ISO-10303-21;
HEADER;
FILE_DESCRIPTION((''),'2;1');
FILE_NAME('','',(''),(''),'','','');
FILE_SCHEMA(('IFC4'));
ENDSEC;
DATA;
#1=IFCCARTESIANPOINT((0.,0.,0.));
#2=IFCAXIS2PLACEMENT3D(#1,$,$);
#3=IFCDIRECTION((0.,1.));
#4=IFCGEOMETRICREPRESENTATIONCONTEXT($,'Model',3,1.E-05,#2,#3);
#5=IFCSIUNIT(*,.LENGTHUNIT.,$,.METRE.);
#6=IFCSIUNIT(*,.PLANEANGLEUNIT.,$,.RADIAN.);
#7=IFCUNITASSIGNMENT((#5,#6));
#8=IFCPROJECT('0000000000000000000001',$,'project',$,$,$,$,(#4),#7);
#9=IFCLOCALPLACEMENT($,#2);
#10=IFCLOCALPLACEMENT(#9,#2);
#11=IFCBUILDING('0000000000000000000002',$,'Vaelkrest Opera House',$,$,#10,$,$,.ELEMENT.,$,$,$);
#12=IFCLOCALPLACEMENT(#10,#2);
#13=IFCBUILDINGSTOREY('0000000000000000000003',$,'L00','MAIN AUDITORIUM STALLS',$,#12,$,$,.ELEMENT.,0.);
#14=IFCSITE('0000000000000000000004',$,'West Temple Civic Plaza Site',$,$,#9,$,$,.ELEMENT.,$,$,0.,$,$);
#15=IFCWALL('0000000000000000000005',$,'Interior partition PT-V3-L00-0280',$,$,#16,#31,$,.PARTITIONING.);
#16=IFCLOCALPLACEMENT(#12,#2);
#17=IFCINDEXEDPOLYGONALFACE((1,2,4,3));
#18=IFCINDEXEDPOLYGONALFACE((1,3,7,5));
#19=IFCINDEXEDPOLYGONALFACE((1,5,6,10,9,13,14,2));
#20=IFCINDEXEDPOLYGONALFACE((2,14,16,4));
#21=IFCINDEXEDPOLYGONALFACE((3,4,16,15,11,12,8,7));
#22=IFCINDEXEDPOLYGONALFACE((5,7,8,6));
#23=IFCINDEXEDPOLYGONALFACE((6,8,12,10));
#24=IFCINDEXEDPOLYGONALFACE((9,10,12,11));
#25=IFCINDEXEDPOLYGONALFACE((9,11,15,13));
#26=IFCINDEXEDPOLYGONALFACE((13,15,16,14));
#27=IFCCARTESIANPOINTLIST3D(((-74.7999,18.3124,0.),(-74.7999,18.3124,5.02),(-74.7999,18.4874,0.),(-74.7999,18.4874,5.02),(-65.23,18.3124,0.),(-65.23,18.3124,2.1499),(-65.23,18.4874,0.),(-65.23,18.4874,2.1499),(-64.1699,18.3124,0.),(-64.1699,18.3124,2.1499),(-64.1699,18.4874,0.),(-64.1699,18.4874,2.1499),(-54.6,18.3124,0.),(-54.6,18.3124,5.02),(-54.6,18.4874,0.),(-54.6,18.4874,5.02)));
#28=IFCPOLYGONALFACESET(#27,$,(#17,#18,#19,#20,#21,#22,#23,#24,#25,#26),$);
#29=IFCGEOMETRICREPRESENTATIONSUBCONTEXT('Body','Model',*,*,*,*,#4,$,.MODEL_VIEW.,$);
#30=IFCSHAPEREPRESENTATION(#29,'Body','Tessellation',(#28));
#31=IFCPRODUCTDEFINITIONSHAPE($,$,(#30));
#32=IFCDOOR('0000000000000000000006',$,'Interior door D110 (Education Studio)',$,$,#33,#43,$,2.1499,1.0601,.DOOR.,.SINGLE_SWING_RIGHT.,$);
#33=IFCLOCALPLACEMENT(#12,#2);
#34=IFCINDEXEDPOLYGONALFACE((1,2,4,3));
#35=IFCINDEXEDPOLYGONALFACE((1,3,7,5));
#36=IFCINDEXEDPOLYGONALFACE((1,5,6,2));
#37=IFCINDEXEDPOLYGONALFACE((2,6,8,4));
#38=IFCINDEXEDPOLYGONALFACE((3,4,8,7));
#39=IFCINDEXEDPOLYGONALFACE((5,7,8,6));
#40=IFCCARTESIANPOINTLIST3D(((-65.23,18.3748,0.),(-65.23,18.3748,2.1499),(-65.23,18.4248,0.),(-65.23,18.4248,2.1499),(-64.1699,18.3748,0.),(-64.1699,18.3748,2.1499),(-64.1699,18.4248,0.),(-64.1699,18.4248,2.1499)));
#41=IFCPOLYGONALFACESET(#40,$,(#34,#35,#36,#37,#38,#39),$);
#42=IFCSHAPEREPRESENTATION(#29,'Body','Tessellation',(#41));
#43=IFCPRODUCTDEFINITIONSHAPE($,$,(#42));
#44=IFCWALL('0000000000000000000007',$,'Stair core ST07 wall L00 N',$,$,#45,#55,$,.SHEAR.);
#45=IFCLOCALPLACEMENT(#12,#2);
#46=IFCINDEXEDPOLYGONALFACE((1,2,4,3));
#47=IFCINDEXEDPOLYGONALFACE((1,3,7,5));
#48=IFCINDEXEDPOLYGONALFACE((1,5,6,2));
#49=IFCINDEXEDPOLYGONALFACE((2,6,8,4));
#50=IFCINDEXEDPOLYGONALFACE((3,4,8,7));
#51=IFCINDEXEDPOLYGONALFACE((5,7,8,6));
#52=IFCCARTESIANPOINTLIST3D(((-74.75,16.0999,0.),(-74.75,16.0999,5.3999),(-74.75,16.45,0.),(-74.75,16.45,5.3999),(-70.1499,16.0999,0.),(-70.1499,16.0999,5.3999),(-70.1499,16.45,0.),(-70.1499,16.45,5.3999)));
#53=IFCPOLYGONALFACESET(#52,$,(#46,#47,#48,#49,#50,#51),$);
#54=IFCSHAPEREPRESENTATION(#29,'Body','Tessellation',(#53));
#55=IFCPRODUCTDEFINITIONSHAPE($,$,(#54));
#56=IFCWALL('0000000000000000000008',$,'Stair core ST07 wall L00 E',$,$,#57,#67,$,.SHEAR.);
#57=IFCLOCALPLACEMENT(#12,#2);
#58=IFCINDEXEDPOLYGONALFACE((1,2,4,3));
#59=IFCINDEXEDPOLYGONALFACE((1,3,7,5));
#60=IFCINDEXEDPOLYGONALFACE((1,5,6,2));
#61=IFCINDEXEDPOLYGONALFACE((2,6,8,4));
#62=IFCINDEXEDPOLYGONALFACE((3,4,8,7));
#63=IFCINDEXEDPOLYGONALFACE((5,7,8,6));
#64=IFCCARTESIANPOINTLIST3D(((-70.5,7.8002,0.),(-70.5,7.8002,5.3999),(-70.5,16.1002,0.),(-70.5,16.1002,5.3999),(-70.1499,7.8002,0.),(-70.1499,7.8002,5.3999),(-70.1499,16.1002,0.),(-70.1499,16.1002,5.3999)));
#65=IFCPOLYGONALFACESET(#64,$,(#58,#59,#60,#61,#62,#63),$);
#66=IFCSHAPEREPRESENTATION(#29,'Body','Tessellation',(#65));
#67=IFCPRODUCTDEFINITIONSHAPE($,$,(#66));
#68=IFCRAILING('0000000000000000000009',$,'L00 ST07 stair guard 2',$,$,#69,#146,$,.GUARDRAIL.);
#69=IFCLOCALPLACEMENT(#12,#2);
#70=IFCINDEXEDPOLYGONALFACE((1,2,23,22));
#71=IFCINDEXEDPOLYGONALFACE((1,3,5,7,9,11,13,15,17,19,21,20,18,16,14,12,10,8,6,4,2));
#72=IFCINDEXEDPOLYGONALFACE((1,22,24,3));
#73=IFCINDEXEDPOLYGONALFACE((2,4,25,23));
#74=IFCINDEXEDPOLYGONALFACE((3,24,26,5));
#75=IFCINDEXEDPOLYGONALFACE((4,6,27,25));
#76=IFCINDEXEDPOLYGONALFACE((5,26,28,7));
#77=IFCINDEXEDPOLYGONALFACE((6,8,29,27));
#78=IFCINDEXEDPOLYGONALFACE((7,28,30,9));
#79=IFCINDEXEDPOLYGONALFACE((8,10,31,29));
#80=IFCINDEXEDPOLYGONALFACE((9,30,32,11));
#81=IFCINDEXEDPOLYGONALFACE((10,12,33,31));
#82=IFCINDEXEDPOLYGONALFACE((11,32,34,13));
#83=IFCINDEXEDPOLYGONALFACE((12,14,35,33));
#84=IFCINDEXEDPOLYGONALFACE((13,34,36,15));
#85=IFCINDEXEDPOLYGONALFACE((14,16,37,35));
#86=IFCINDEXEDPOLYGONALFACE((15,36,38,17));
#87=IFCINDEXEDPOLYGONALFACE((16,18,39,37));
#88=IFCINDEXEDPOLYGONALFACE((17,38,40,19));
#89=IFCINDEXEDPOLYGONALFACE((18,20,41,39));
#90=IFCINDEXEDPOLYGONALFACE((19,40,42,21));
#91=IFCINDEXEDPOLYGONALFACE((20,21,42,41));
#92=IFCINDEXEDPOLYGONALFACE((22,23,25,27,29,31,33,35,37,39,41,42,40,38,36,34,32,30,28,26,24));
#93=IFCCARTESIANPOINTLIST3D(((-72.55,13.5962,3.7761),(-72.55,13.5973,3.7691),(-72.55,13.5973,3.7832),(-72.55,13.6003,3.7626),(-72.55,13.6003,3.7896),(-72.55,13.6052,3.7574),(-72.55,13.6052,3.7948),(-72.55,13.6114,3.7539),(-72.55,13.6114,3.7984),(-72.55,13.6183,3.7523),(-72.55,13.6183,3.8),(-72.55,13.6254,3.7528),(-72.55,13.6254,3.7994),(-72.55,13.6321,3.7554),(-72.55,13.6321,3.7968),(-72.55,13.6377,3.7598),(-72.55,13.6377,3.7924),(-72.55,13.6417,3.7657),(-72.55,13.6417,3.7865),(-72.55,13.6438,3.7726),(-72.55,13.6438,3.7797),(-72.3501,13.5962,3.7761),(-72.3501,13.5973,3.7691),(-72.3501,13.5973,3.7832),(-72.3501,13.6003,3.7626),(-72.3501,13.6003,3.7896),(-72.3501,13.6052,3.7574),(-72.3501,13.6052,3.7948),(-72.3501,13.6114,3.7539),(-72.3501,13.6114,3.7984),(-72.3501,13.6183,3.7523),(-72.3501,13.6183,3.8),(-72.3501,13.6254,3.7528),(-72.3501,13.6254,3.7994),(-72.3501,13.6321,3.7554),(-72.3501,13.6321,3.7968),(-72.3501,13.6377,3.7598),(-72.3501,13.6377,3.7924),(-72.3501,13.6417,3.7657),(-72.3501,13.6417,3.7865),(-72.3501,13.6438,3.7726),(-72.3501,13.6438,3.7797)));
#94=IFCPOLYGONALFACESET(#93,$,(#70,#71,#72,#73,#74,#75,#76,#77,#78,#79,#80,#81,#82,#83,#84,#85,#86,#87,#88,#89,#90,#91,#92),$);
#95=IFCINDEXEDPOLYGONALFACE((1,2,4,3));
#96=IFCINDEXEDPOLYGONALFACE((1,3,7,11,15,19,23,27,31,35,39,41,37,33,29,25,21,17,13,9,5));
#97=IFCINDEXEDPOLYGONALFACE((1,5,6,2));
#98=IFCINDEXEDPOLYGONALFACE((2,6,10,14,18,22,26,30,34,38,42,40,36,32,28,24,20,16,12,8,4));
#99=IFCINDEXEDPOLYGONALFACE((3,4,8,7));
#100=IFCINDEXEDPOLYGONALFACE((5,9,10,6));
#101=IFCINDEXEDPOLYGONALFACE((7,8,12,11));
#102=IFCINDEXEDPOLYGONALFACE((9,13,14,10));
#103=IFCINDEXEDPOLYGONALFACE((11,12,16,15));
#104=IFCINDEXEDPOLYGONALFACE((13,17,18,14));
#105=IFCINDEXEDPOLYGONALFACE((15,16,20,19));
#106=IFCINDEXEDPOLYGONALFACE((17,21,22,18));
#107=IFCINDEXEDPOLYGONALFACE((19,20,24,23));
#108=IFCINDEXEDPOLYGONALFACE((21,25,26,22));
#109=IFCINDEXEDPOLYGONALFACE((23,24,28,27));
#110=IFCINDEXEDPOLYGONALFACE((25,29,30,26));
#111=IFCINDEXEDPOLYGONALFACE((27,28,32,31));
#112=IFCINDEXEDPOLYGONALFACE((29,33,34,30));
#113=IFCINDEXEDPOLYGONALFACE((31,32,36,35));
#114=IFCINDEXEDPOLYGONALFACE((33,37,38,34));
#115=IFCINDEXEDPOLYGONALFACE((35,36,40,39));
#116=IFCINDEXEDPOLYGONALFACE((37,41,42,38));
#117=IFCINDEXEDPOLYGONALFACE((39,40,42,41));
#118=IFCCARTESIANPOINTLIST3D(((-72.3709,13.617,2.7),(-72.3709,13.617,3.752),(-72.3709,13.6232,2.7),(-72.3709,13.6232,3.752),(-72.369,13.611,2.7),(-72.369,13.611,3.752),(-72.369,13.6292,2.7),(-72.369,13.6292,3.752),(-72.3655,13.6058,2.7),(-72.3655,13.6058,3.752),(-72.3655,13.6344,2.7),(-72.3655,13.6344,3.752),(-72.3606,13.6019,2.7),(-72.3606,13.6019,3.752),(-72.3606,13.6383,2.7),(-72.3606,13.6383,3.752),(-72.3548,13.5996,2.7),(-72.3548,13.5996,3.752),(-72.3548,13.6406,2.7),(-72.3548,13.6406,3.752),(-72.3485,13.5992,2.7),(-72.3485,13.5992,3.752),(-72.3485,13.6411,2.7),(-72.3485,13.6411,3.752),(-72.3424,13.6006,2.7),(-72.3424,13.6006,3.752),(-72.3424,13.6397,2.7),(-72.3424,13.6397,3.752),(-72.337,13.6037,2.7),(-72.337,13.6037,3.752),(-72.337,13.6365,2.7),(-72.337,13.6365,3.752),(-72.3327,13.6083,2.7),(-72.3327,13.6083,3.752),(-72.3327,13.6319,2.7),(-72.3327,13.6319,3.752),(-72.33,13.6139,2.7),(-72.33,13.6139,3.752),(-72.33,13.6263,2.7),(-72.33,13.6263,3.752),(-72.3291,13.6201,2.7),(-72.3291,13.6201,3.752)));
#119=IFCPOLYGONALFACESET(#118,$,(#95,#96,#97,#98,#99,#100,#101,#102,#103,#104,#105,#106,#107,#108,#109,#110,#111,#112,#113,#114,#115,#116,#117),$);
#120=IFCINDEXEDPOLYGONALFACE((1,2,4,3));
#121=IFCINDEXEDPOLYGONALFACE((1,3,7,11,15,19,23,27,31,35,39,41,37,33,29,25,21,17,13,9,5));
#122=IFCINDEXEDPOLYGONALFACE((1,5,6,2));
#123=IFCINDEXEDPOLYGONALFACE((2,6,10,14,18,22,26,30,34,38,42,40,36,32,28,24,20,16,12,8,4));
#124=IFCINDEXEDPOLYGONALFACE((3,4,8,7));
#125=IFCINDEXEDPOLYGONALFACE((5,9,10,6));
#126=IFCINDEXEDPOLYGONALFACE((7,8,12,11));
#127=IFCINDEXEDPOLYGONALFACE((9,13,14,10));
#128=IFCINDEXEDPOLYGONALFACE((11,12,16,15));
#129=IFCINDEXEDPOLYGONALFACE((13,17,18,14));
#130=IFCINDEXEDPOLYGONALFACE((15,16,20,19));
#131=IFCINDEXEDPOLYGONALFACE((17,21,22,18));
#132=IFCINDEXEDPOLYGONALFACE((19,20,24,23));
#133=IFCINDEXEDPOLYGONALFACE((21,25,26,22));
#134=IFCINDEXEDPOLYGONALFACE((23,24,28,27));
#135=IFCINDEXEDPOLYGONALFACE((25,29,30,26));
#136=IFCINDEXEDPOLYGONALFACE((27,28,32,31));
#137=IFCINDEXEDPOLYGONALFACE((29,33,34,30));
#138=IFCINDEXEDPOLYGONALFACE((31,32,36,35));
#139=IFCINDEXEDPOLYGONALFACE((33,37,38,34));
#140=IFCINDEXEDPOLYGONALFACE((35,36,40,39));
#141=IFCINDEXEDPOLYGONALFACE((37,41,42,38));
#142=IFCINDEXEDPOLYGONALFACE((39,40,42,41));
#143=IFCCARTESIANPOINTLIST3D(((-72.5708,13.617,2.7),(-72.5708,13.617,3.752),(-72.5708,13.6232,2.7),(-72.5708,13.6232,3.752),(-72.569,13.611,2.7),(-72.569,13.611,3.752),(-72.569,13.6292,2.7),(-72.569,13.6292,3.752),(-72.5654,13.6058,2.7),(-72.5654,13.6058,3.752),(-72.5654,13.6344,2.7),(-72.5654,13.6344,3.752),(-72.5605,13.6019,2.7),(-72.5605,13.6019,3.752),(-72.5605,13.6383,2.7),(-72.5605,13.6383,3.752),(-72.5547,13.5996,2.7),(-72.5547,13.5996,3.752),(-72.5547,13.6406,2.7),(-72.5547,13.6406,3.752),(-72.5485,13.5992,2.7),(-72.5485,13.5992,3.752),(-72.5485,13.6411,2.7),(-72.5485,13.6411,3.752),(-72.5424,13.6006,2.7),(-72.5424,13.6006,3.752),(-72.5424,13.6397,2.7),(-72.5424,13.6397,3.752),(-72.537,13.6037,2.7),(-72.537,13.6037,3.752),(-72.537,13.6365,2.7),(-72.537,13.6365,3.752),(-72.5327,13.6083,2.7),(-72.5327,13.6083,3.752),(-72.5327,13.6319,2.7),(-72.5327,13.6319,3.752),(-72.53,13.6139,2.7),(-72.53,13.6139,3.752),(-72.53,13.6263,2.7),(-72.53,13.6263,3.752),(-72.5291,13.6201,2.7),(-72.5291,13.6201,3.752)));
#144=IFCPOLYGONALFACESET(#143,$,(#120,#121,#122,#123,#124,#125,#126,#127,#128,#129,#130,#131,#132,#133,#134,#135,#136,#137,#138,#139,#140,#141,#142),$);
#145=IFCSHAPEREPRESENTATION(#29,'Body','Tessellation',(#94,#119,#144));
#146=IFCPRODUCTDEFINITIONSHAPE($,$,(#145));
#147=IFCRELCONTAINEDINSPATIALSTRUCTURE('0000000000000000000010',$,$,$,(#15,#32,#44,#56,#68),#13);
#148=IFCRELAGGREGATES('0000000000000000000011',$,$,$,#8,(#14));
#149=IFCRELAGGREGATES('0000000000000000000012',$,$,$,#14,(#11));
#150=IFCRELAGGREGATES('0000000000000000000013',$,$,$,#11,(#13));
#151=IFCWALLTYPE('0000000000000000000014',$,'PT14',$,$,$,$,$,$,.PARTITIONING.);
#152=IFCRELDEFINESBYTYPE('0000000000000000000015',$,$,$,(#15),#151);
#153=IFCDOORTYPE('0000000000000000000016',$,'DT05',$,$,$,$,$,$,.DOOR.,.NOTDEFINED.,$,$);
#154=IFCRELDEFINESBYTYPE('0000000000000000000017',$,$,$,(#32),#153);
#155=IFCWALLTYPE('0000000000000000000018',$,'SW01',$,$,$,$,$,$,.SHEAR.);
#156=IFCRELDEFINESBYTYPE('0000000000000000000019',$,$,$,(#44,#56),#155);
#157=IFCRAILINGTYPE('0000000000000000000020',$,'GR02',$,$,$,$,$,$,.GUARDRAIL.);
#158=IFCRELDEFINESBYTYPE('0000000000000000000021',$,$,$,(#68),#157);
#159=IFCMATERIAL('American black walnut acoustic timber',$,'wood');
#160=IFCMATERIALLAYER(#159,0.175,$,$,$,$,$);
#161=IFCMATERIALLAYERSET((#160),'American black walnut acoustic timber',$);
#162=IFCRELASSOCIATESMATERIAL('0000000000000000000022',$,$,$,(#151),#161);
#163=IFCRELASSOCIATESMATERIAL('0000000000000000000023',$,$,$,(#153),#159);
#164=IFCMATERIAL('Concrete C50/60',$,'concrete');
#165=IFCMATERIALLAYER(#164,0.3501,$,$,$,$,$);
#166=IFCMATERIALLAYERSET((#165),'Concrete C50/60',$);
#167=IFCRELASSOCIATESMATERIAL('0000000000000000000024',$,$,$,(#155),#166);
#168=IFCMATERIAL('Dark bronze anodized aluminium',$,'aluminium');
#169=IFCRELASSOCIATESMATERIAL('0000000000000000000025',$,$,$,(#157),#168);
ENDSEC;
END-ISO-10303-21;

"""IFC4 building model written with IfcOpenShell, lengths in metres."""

from ifc_helpers import new_model, si_unit, direction, frame, frame_2d, origin, origin_2d, place, context, subcontext, project, spatial, rectangle, circle, extrude, material, layer, layer_set, type_object, element, fill, save


model = new_model("IFC4")

# Units and contexts
model_context = context("Model", 3, precision=1e-05, world=origin(), true_north=direction((0.0, 1.0)))
body_context = subcontext(model_context, "Body", "Model", "MODEL_VIEW")
ifc_project = project(units=[si_unit("LENGTHUNIT", "METRE"), si_unit("PLANEANGLEUNIT", "RADIAN")], contexts=[model_context])

# Site, building, storey
site_placement = place(None, origin())
site = spatial("IfcSite", under=ifc_project, at=site_placement, Name="West Temple Civic Plaza Site", CompositionType="ELEMENT", RefElevation=0.0)
building_placement = place(site_placement, origin())
building = spatial("IfcBuilding", under=site, at=building_placement, Name="Vaelkrest Opera House", CompositionType="ELEMENT")
storey_placement = place(building_placement, origin())
storey = spatial("IfcBuildingStorey", under=building, at=storey_placement, Name="L00", Description="MAIN AUDITORIUM STALLS", CompositionType="ELEMENT", Elevation=0.0)

# Shared definitions
ifc_material_1 = material(Name="Concrete C50/60", Category="concrete")

# Shared definitions
ifc_material_2 = material(Name="Dark bronze anodized aluminium", Category="aluminium")

# Wall, opening, door
ifc_material_3 = material(Name="American black walnut acoustic timber", Category="wood")
ifc_layer_1 = layer(ifc_material_3, 0.175)
ifc_layer_set_1 = layer_set([ifc_layer_1], Name="American black walnut acoustic timber")
wall_type_1 = type_object("IfcWallType", Name="PT14", PredefinedType="PARTITIONING", material=ifc_layer_set_1)
wall_1_placement = place(storey_placement, frame((-74.8, 18.3999, 0.0), z_axis=(0.0, 0.0, 1.0), x_axis=(1.0, 0.0, 0.0)))
wall_1 = element("IfcWall", 1, at=wall_1_placement, inside=storey, type_object=wall_type_1, Name="Interior partition PT-V3-L00-0280", PredefinedType="PARTITIONING", context=body_context, shape_type="SweptSolid", body=[
    extrude(rectangle(XDim=20.2, YDim=0.175, at=frame_2d((10.1001, 0.0))), origin(), (0.0, 0.0, 1.0), 5.02),
])
opening_1_placement = place(wall_1_placement, frame((9.5701, 0.0, 0.0)))
opening_1 = element("IfcOpeningElement", 2, at=opening_1_placement, cuts=wall_1, PredefinedType="OPENING", context=body_context, shape_type="SweptSolid", body=[
    extrude(rectangle(XDim=1.0601, YDim=2.1499, at=frame_2d((0.53, 1.075))), frame((0.0, 0.0974, 0.0), z_axis=(0.0, -1.0, 0.0), x_axis=(1.0, 0.0, 0.0)), (0.0, 0.0, 1.0), 0.1951),
])
door_type = type_object("IfcDoorType", Name="DT05", OperationType="NOTDEFINED", PredefinedType="DOOR", material=ifc_material_3)
door_placement = place(opening_1_placement, origin())
door = element("IfcDoor", 3, at=door_placement, inside=storey, type_object=door_type, Name="Interior door D110 (Education Studio)", OperationType="SINGLE_SWING_RIGHT", OverallHeight=2.1499, OverallWidth=1.0601, PredefinedType="DOOR", context=body_context, shape_type="SweptSolid", body=[
    extrude(rectangle(XDim=1.0601, YDim=2.1499, at=frame_2d((0.53, 1.075))), frame((0.0, 0.0249, 0.0), z_axis=(0.0, -1.0, 0.0), x_axis=(1.0, 0.0, 0.0)), (0.0, 0.0, 1.0), 0.05),
])
fill(opening_1, door)

# Walls
ifc_layer_2 = layer(ifc_material_1, 0.3501)
ifc_layer_set_2 = layer_set([ifc_layer_2], Name="Concrete C50/60")
wall_type_2 = type_object("IfcWallType", Name="SW01", PredefinedType="SHEAR", material=ifc_layer_set_2)
wall_2_placement = place(storey_placement, frame((-74.75, 16.2749, 0.0), z_axis=(0.0, 0.0, 1.0), x_axis=(1.0, 0.0, 0.0)))
element("IfcWall", 4, at=wall_2_placement, inside=storey, type_object=wall_type_2, Name="Stair core ST07 wall L00 N", PredefinedType="SHEAR", context=body_context, shape_type="SweptSolid", body=[
    extrude(rectangle(XDim=4.6001, YDim=0.3501, at=frame_2d((2.3, 0.0))), origin(), (0.0, 0.0, 1.0), 5.3999),
])
wall_3_placement = place(storey_placement, frame((-70.325, 16.1001, 0.0), z_axis=(0.0, 0.0, 1.0), x_axis=(0.0, -1.0, 0.0)))
element("IfcWall", 5, at=wall_3_placement, inside=storey, type_object=wall_type_2, Name="Stair core ST07 wall L00 E", PredefinedType="SHEAR", context=body_context, shape_type="SweptSolid", body=[
    extrude(rectangle(XDim=8.3, YDim=0.3501, at=frame_2d((4.1499, 0.0))), origin(), (0.0, 0.0, 1.0), 5.3999),
])

# Railing
railing_type = type_object("IfcRailingType", Name="GR02", PredefinedType="GUARDRAIL", material=ifc_material_2)
railing_placement = place(storey_placement, frame((-72.3501, 13.6201, 2.7)))
element("IfcRailing", 6, at=railing_placement, inside=storey, type_object=railing_type, Name="L00 ST07 stair guard 2", PredefinedType="GUARDRAIL", context=body_context, shape_type="SweptSolid", body=[
    extrude(circle(Radius=0.0239, at=origin_2d()), frame((0.0, 0.0, 1.0762), z_axis=(-1.0, 0.0, 0.0), x_axis=(0.0, -1.0, 0.0)), (0.0, 0.0, 1.0), 0.2),
    extrude(circle(Radius=0.021, at=origin_2d()), origin(), (0.0, 0.0, 1.0), 1.052),
    extrude(circle(Radius=0.021, at=origin_2d()), frame((-0.2, 0.0, 0.0)), (0.0, 0.0, 1.0), 1.052),
])

save(model, "model.ifc")
